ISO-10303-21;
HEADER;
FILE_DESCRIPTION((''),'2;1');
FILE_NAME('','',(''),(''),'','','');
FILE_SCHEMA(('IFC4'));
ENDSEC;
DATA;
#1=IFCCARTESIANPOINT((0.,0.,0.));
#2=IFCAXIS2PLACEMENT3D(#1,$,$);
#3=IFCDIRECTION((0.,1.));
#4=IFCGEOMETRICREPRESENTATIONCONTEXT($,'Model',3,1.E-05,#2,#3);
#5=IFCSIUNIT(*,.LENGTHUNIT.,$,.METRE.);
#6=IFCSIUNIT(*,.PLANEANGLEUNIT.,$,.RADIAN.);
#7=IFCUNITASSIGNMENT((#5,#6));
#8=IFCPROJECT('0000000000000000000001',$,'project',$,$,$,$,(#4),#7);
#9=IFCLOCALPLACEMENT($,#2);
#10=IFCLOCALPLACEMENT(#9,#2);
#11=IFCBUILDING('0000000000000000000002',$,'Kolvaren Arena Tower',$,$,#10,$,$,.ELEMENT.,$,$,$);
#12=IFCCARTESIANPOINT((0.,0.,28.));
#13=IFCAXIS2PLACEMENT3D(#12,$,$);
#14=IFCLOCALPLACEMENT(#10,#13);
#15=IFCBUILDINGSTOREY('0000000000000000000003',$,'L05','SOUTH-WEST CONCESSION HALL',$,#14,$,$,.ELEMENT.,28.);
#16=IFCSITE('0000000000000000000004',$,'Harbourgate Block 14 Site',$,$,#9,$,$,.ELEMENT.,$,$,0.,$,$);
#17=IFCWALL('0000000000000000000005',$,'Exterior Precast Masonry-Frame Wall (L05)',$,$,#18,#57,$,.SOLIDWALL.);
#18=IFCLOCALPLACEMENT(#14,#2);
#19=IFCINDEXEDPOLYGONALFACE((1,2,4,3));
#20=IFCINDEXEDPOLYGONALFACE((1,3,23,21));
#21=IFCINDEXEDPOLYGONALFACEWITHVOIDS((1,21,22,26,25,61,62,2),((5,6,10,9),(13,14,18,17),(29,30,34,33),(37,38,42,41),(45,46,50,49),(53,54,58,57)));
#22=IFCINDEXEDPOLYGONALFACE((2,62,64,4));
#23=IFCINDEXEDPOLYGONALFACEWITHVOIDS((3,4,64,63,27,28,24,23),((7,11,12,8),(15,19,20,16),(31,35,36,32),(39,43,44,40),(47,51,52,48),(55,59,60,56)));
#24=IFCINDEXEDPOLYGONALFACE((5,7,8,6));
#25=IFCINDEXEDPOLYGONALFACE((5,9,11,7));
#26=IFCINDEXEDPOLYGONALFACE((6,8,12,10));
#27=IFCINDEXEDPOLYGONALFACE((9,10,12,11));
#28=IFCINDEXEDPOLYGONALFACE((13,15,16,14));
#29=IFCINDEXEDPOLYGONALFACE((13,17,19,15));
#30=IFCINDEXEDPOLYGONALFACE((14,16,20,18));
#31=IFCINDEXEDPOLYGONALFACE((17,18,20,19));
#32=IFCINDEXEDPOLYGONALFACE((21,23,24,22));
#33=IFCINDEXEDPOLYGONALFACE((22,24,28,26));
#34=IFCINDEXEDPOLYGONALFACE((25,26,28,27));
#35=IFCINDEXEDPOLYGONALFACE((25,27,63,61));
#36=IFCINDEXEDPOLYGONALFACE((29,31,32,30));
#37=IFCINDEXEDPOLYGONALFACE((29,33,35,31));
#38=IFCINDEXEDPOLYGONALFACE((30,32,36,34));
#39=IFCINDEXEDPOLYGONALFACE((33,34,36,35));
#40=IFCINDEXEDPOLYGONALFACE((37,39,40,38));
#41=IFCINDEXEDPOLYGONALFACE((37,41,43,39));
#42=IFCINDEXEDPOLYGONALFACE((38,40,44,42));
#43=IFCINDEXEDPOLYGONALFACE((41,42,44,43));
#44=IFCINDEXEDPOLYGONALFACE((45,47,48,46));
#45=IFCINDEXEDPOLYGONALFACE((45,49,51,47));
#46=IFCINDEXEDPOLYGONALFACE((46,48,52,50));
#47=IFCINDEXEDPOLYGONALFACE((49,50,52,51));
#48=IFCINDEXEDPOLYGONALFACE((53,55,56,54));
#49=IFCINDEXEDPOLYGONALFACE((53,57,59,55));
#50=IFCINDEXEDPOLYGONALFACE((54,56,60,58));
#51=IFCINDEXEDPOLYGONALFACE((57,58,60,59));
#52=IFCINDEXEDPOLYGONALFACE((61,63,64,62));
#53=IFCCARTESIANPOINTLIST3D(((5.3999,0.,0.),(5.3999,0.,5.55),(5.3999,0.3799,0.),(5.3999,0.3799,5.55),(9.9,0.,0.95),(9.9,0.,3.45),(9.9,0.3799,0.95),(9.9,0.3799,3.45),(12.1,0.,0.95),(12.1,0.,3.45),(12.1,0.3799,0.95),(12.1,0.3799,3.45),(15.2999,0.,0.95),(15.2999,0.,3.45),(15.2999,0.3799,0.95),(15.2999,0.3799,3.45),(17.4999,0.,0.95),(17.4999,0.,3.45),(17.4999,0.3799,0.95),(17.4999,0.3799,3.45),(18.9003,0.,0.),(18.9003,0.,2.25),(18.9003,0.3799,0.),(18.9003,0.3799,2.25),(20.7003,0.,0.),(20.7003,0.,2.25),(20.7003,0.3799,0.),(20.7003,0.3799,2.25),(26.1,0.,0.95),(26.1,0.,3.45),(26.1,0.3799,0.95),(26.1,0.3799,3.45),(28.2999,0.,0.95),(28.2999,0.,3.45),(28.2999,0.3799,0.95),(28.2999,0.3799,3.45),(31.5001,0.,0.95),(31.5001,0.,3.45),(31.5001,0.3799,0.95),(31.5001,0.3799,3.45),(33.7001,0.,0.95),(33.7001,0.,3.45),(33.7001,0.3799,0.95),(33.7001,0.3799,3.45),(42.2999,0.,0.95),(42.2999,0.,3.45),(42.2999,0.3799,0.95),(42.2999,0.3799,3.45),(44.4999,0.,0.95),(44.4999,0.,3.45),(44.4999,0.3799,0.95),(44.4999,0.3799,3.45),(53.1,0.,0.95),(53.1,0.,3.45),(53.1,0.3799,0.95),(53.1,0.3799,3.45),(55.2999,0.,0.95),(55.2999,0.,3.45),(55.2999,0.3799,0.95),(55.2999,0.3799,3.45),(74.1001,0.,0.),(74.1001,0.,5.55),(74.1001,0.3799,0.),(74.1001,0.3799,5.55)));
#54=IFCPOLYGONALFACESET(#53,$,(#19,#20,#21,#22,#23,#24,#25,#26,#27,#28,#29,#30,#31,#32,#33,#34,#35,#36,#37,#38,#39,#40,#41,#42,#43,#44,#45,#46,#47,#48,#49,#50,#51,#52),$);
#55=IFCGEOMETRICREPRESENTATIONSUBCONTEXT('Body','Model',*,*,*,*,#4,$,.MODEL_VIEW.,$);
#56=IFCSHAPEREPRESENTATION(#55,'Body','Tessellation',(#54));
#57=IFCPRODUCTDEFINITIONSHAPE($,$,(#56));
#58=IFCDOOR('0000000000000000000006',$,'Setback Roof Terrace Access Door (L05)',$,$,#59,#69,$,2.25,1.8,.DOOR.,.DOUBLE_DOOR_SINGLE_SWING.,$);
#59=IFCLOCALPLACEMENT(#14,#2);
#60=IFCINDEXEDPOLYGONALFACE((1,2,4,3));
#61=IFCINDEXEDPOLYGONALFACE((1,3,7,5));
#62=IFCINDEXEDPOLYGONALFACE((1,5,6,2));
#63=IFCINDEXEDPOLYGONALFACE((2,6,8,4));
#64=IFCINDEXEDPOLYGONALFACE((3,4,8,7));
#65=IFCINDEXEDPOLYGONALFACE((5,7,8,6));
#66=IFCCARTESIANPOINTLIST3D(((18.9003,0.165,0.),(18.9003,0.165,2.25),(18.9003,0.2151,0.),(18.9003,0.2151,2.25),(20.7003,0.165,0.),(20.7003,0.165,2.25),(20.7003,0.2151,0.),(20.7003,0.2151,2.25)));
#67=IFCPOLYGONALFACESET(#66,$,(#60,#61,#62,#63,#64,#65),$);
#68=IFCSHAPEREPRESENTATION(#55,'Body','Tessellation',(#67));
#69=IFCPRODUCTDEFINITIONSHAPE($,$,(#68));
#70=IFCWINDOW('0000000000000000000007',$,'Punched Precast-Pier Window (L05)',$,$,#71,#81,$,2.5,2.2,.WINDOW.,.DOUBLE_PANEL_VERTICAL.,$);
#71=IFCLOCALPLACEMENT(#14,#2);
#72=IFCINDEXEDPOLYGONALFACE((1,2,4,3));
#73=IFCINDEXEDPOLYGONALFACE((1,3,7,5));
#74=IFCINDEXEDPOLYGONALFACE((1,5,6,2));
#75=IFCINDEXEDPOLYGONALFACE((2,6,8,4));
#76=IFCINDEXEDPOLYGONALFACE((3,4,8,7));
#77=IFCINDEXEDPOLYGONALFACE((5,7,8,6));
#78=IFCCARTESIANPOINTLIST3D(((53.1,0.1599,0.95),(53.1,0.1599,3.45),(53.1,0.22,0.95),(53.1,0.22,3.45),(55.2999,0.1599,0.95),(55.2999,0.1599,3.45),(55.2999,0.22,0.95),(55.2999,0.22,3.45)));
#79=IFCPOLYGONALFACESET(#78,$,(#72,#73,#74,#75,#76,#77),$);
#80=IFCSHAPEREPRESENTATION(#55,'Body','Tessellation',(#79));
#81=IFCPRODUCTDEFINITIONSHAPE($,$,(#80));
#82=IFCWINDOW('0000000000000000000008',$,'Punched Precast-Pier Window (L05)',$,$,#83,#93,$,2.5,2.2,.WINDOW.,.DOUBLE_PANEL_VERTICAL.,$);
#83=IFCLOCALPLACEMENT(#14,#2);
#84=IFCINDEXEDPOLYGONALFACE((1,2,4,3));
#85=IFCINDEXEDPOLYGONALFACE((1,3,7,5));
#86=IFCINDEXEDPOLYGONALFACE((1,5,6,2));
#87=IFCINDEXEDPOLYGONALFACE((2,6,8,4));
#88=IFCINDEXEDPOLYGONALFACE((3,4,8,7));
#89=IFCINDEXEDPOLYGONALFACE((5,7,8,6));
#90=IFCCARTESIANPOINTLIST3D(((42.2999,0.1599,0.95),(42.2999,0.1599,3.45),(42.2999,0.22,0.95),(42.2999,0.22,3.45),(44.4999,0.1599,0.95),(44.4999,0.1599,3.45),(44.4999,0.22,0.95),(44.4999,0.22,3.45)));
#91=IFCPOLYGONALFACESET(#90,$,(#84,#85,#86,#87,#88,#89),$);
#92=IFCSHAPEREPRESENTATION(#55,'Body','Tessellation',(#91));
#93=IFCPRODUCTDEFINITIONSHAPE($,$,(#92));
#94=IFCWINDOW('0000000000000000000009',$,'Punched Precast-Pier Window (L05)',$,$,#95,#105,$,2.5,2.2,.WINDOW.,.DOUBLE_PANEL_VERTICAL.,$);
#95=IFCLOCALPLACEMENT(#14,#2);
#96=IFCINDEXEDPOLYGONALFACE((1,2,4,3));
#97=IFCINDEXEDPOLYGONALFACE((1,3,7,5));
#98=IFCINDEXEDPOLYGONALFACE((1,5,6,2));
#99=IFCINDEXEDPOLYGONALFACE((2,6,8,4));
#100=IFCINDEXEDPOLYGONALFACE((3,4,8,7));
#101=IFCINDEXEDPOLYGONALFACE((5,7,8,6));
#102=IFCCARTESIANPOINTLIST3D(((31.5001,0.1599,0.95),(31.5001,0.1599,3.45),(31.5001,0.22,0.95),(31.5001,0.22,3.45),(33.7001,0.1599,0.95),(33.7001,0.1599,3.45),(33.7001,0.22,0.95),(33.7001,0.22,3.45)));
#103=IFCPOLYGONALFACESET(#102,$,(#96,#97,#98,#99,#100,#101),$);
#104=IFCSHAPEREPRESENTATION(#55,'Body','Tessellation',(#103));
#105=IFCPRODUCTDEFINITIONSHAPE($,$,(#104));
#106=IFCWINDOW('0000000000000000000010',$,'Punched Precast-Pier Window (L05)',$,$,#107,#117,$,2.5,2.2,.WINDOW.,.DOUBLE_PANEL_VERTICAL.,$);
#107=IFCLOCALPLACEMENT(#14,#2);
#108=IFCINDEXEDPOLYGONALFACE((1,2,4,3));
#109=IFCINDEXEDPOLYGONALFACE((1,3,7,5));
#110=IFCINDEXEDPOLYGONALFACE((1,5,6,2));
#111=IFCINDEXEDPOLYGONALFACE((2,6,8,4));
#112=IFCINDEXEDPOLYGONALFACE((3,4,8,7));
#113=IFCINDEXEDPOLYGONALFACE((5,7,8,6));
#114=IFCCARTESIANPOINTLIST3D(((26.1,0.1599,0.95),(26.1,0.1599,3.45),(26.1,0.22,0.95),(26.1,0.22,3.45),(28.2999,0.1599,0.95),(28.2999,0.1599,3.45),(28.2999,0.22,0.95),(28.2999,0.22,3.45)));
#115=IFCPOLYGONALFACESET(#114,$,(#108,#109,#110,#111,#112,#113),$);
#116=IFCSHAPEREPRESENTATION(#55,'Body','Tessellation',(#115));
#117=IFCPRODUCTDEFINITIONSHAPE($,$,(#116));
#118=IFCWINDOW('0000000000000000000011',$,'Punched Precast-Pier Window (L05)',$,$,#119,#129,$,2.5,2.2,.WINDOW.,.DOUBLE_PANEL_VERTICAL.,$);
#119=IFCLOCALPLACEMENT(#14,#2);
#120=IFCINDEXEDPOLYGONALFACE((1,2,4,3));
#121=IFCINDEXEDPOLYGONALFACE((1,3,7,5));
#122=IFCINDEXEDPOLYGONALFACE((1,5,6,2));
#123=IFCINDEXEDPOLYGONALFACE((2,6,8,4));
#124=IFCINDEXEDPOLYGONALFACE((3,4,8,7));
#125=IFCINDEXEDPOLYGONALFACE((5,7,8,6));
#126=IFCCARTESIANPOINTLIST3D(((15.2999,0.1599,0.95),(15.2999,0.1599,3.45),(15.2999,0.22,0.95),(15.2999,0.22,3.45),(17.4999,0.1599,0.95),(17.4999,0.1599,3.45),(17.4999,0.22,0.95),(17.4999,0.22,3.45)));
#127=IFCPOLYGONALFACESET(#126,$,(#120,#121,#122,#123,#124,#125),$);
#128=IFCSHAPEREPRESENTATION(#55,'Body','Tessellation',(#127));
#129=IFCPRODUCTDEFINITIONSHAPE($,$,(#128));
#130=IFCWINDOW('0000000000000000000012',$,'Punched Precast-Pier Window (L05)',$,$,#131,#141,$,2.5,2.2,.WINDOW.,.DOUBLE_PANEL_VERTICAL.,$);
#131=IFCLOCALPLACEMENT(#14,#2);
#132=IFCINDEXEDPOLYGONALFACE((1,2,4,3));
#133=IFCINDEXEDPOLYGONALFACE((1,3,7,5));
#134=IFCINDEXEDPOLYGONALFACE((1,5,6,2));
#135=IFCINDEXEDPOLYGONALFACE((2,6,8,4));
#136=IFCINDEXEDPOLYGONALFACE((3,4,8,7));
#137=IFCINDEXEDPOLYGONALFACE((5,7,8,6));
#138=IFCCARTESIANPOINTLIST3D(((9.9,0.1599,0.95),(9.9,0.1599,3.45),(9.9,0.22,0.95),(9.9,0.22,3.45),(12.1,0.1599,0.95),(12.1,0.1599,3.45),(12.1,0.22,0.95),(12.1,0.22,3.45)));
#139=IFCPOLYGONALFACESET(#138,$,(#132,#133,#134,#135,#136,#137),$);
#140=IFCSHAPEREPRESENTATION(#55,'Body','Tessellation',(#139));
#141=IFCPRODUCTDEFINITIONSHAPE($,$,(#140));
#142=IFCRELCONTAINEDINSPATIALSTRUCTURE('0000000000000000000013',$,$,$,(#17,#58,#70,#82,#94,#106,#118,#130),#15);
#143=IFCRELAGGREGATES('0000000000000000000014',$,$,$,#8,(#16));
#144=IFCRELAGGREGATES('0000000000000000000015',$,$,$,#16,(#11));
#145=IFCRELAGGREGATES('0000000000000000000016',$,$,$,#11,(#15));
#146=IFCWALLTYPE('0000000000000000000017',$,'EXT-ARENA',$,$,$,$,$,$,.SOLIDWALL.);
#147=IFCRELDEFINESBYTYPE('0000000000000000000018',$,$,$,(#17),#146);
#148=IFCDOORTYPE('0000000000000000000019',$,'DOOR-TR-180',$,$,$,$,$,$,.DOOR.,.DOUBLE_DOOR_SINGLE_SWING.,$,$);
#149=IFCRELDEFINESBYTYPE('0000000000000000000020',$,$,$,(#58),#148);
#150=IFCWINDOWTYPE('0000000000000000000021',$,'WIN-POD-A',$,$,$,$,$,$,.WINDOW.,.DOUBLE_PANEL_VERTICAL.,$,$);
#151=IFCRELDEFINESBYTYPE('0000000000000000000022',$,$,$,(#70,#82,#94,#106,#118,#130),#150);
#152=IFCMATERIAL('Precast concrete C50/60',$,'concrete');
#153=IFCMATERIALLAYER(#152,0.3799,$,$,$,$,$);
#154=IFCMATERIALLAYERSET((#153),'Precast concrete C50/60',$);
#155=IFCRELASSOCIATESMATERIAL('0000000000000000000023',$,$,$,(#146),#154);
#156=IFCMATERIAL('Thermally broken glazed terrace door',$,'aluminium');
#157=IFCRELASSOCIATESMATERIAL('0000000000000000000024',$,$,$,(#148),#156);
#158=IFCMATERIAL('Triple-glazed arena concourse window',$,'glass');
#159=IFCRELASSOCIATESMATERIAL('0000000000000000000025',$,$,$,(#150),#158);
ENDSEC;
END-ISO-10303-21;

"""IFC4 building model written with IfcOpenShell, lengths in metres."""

from ifc_helpers import new_model, si_unit, direction, frame, frame_2d, origin, place, context, subcontext, project, spatial, rectangle, extrude, material, layer, layer_set, type_object, element, fill, save


model = new_model("IFC4")

# Units and contexts
model_context = context("Model", 3, precision=1e-05, world=origin(), true_north=direction((0.0, 1.0)))
body_context = subcontext(model_context, "Body", "Model", "MODEL_VIEW")
ifc_project = project(units=[si_unit("LENGTHUNIT", "METRE"), si_unit("PLANEANGLEUNIT", "RADIAN")], contexts=[model_context])

# Site, building, storey
site_placement = place(None, origin())
site = spatial("IfcSite", under=ifc_project, at=site_placement, Name="Harbourgate Block 14 Site", CompositionType="ELEMENT", RefElevation=0.0)
building_placement = place(site_placement, origin())
building = spatial("IfcBuilding", under=site, at=building_placement, Name="Kolvaren Arena Tower", CompositionType="ELEMENT")
storey_placement = place(building_placement, frame((0.0, 0.0, 28.0)))
storey = spatial("IfcBuildingStorey", under=building, at=storey_placement, Name="L05", Description="SOUTH-WEST CONCESSION HALL", CompositionType="ELEMENT", Elevation=28.0)

# Shared definitions
ifc_material_1 = material(Name="Precast concrete C50/60", Category="concrete")
ifc_layer_1 = layer(ifc_material_1, 0.3799)
ifc_layer_set_1 = layer_set([ifc_layer_1], Name="Precast concrete C50/60")
wall_type_1 = type_object("IfcWallType", Name="EXT-ARENA", PredefinedType="SOLIDWALL", material=ifc_layer_set_1)

# Wall, openings, door, windows
wall_1_placement = place(storey_placement, frame((74.1001, 0.1899, 0.0), z_axis=(0.0, 0.0, 1.0), x_axis=(-1.0, 0.0, 0.0)))
wall_1 = element("IfcWall", 1, at=wall_1_placement, inside=storey, type_object=wall_type_1, Name="Exterior Precast Masonry-Frame Wall (L05)", PredefinedType="SOLIDWALL", context=body_context, shape_type="SweptSolid", body=[
    extrude(rectangle(XDim=68.7002, YDim=0.3799, at=frame_2d((34.3501, 0.0))), origin(), (0.0, 0.0, 1.0), 5.55),
])
opening_1_placement = place(wall_1_placement, frame((53.3999, 0.0, 0.0)))
opening_1 = element("IfcOpeningElement", 2, at=opening_1_placement, cuts=wall_1, PredefinedType="OPENING", context=body_context, shape_type="SweptSolid", body=[
    extrude(rectangle(XDim=1.8, YDim=2.25, at=frame_2d((0.8999, 1.125))), frame((0.0, 0.2, 0.0), z_axis=(0.0, -1.0, 0.0), x_axis=(1.0, 0.0, 0.0)), (0.0, 0.0, 1.0), 0.3999),
])
opening_2_placement = place(wall_1_placement, frame((18.8, 0.0, 0.95)))
opening_2 = element("IfcOpeningElement", 3, at=opening_2_placement, cuts=wall_1, PredefinedType="OPENING", context=body_context, shape_type="SweptSolid", body=[
    extrude(rectangle(XDim=2.2, YDim=2.5, at=frame_2d((1.1001, 1.25))), frame((0.0, 0.2, 0.0), z_axis=(0.0, -1.0, 0.0), x_axis=(1.0, 0.0, 0.0)), (0.0, 0.0, 1.0), 0.3999),
])
opening_3_placement = place(wall_1_placement, frame((29.6001, 0.0, 0.95)))
opening_3 = element("IfcOpeningElement", 4, at=opening_3_placement, cuts=wall_1, PredefinedType="OPENING", context=body_context, shape_type="SweptSolid", body=[
    extrude(rectangle(XDim=2.2, YDim=2.5, at=frame_2d((1.1001, 1.25))), frame((0.0, 0.2, 0.0), z_axis=(0.0, -1.0, 0.0), x_axis=(1.0, 0.0, 0.0)), (0.0, 0.0, 1.0), 0.3999),
])
opening_4_placement = place(wall_1_placement, frame((40.3999, 0.0, 0.95)))
opening_4 = element("IfcOpeningElement", 5, at=opening_4_placement, cuts=wall_1, PredefinedType="OPENING", context=body_context, shape_type="SweptSolid", body=[
    extrude(rectangle(XDim=2.2, YDim=2.5, at=frame_2d((1.1001, 1.25))), frame((0.0, 0.2, 0.0), z_axis=(0.0, -1.0, 0.0), x_axis=(1.0, 0.0, 0.0)), (0.0, 0.0, 1.0), 0.3999),
])
opening_5_placement = place(wall_1_placement, frame((45.8, 0.0, 0.95)))
opening_5 = element("IfcOpeningElement", 6, at=opening_5_placement, cuts=wall_1, PredefinedType="OPENING", context=body_context, shape_type="SweptSolid", body=[
    extrude(rectangle(XDim=2.2, YDim=2.5, at=frame_2d((1.1001, 1.25))), frame((0.0, 0.2, 0.0), z_axis=(0.0, -1.0, 0.0), x_axis=(1.0, 0.0, 0.0)), (0.0, 0.0, 1.0), 0.3999),
])
opening_6_placement = place(wall_1_placement, frame((56.6001, 0.0, 0.95)))
opening_6 = element("IfcOpeningElement", 7, at=opening_6_placement, cuts=wall_1, PredefinedType="OPENING", context=body_context, shape_type="SweptSolid", body=[
    extrude(rectangle(XDim=2.2, YDim=2.5, at=frame_2d((1.1001, 1.25))), frame((0.0, 0.2, 0.0), z_axis=(0.0, -1.0, 0.0), x_axis=(1.0, 0.0, 0.0)), (0.0, 0.0, 1.0), 0.3999),
])
opening_7_placement = place(wall_1_placement, frame((62.0, 0.0, 0.95)))
opening_7 = element("IfcOpeningElement", 8, at=opening_7_placement, cuts=wall_1, PredefinedType="OPENING", context=body_context, shape_type="SweptSolid", body=[
    extrude(rectangle(XDim=2.2, YDim=2.5, at=frame_2d((1.1001, 1.25))), frame((0.0, 0.2, 0.0), z_axis=(0.0, -1.0, 0.0), x_axis=(1.0, 0.0, 0.0)), (0.0, 0.0, 1.0), 0.3999),
])
ifc_material_2 = material(Name="Thermally broken glazed terrace door", Category="aluminium")
door_type_1 = type_object("IfcDoorType", Name="DOOR-TR-180", OperationType="DOUBLE_DOOR_SINGLE_SWING", PredefinedType="DOOR", material=ifc_material_2)
door_1_placement = place(opening_1_placement, origin())
door_1 = element("IfcDoor", 9, at=door_1_placement, inside=storey, type_object=door_type_1, Name="Setback Roof Terrace Access Door (L05)", OperationType="DOUBLE_DOOR_SINGLE_SWING", OverallHeight=2.25, OverallWidth=1.8, PredefinedType="DOOR", context=body_context, shape_type="SweptSolid", body=[
    extrude(rectangle(XDim=1.8, YDim=2.25, at=frame_2d((0.8999, 1.125))), frame((0.0, 0.0249, 0.0), z_axis=(0.0, -1.0, 0.0), x_axis=(1.0, 0.0, 0.0)), (0.0, 0.0, 1.0), 0.05),
])
fill(opening_1, door_1)
ifc_material_3 = material(Name="Triple-glazed arena concourse window", Category="glass")
window_type = type_object("IfcWindowType", Name="WIN-POD-A", PartitioningType="DOUBLE_PANEL_VERTICAL", PredefinedType="WINDOW", material=ifc_material_3)
window_1_placement = place(opening_2_placement, origin())
window_1 = element("IfcWindow", 10, at=window_1_placement, inside=storey, type_object=window_type, Name="Punched Precast-Pier Window (L05)", OverallHeight=2.5, OverallWidth=2.2, PartitioningType="DOUBLE_PANEL_VERTICAL", PredefinedType="WINDOW", context=body_context, shape_type="SweptSolid", body=[
    extrude(rectangle(XDim=2.2, YDim=2.5, at=frame_2d((1.1001, 1.25))), frame((0.0, 0.03, 0.0), z_axis=(0.0, -1.0, 0.0), x_axis=(1.0, 0.0, 0.0)), (0.0, 0.0, 1.0), 0.0601),
])
fill(opening_2, window_1)
window_2_placement = place(opening_3_placement, origin())
window_2 = element("IfcWindow", 11, at=window_2_placement, inside=storey, type_object=window_type, Name="Punched Precast-Pier Window (L05)", OverallHeight=2.5, OverallWidth=2.2, PartitioningType="DOUBLE_PANEL_VERTICAL", PredefinedType="WINDOW", context=body_context, shape_type="SweptSolid", body=[
    extrude(rectangle(XDim=2.2, YDim=2.5, at=frame_2d((1.1001, 1.25))), frame((0.0, 0.03, 0.0), z_axis=(0.0, -1.0, 0.0), x_axis=(1.0, 0.0, 0.0)), (0.0, 0.0, 1.0), 0.0601),
])
fill(opening_3, window_2)
window_3_placement = place(opening_4_placement, origin())
window_3 = element("IfcWindow", 12, at=window_3_placement, inside=storey, type_object=window_type, Name="Punched Precast-Pier Window (L05)", OverallHeight=2.5, OverallWidth=2.2, PartitioningType="DOUBLE_PANEL_VERTICAL", PredefinedType="WINDOW", context=body_context, shape_type="SweptSolid", body=[
    extrude(rectangle(XDim=2.2, YDim=2.5, at=frame_2d((1.1001, 1.25))), frame((0.0, 0.03, 0.0), z_axis=(0.0, -1.0, 0.0), x_axis=(1.0, 0.0, 0.0)), (0.0, 0.0, 1.0), 0.0601),
])
fill(opening_4, window_3)
window_4_placement = place(opening_5_placement, origin())
window_4 = element("IfcWindow", 13, at=window_4_placement, inside=storey, type_object=window_type, Name="Punched Precast-Pier Window (L05)", OverallHeight=2.5, OverallWidth=2.2, PartitioningType="DOUBLE_PANEL_VERTICAL", PredefinedType="WINDOW", context=body_context, shape_type="SweptSolid", body=[
    extrude(rectangle(XDim=2.2, YDim=2.5, at=frame_2d((1.1001, 1.25))), frame((0.0, 0.03, 0.0), z_axis=(0.0, -1.0, 0.0), x_axis=(1.0, 0.0, 0.0)), (0.0, 0.0, 1.0), 0.0601),
])
fill(opening_5, window_4)
window_5_placement = place(opening_6_placement, origin())
window_5 = element("IfcWindow", 14, at=window_5_placement, inside=storey, type_object=window_type, Name="Punched Precast-Pier Window (L05)", OverallHeight=2.5, OverallWidth=2.2, PartitioningType="DOUBLE_PANEL_VERTICAL", PredefinedType="WINDOW", context=body_context, shape_type="SweptSolid", body=[
    extrude(rectangle(XDim=2.2, YDim=2.5, at=frame_2d((1.1001, 1.25))), frame((0.0, 0.03, 0.0), z_axis=(0.0, -1.0, 0.0), x_axis=(1.0, 0.0, 0.0)), (0.0, 0.0, 1.0), 0.0601),
])
fill(opening_6, window_5)
window_6_placement = place(opening_7_placement, origin())
window_6 = element("IfcWindow", 15, at=window_6_placement, inside=storey, type_object=window_type, Name="Punched Precast-Pier Window (L05)", OverallHeight=2.5, OverallWidth=2.2, PartitioningType="DOUBLE_PANEL_VERTICAL", PredefinedType="WINDOW", context=body_context, shape_type="SweptSolid", body=[
    extrude(rectangle(XDim=2.2, YDim=2.5, at=frame_2d((1.1001, 1.25))), frame((0.0, 0.03, 0.0), z_axis=(0.0, -1.0, 0.0), x_axis=(1.0, 0.0, 0.0)), (0.0, 0.0, 1.0), 0.0601),
])
fill(opening_7, window_6)

save(model, "model.ifc")
